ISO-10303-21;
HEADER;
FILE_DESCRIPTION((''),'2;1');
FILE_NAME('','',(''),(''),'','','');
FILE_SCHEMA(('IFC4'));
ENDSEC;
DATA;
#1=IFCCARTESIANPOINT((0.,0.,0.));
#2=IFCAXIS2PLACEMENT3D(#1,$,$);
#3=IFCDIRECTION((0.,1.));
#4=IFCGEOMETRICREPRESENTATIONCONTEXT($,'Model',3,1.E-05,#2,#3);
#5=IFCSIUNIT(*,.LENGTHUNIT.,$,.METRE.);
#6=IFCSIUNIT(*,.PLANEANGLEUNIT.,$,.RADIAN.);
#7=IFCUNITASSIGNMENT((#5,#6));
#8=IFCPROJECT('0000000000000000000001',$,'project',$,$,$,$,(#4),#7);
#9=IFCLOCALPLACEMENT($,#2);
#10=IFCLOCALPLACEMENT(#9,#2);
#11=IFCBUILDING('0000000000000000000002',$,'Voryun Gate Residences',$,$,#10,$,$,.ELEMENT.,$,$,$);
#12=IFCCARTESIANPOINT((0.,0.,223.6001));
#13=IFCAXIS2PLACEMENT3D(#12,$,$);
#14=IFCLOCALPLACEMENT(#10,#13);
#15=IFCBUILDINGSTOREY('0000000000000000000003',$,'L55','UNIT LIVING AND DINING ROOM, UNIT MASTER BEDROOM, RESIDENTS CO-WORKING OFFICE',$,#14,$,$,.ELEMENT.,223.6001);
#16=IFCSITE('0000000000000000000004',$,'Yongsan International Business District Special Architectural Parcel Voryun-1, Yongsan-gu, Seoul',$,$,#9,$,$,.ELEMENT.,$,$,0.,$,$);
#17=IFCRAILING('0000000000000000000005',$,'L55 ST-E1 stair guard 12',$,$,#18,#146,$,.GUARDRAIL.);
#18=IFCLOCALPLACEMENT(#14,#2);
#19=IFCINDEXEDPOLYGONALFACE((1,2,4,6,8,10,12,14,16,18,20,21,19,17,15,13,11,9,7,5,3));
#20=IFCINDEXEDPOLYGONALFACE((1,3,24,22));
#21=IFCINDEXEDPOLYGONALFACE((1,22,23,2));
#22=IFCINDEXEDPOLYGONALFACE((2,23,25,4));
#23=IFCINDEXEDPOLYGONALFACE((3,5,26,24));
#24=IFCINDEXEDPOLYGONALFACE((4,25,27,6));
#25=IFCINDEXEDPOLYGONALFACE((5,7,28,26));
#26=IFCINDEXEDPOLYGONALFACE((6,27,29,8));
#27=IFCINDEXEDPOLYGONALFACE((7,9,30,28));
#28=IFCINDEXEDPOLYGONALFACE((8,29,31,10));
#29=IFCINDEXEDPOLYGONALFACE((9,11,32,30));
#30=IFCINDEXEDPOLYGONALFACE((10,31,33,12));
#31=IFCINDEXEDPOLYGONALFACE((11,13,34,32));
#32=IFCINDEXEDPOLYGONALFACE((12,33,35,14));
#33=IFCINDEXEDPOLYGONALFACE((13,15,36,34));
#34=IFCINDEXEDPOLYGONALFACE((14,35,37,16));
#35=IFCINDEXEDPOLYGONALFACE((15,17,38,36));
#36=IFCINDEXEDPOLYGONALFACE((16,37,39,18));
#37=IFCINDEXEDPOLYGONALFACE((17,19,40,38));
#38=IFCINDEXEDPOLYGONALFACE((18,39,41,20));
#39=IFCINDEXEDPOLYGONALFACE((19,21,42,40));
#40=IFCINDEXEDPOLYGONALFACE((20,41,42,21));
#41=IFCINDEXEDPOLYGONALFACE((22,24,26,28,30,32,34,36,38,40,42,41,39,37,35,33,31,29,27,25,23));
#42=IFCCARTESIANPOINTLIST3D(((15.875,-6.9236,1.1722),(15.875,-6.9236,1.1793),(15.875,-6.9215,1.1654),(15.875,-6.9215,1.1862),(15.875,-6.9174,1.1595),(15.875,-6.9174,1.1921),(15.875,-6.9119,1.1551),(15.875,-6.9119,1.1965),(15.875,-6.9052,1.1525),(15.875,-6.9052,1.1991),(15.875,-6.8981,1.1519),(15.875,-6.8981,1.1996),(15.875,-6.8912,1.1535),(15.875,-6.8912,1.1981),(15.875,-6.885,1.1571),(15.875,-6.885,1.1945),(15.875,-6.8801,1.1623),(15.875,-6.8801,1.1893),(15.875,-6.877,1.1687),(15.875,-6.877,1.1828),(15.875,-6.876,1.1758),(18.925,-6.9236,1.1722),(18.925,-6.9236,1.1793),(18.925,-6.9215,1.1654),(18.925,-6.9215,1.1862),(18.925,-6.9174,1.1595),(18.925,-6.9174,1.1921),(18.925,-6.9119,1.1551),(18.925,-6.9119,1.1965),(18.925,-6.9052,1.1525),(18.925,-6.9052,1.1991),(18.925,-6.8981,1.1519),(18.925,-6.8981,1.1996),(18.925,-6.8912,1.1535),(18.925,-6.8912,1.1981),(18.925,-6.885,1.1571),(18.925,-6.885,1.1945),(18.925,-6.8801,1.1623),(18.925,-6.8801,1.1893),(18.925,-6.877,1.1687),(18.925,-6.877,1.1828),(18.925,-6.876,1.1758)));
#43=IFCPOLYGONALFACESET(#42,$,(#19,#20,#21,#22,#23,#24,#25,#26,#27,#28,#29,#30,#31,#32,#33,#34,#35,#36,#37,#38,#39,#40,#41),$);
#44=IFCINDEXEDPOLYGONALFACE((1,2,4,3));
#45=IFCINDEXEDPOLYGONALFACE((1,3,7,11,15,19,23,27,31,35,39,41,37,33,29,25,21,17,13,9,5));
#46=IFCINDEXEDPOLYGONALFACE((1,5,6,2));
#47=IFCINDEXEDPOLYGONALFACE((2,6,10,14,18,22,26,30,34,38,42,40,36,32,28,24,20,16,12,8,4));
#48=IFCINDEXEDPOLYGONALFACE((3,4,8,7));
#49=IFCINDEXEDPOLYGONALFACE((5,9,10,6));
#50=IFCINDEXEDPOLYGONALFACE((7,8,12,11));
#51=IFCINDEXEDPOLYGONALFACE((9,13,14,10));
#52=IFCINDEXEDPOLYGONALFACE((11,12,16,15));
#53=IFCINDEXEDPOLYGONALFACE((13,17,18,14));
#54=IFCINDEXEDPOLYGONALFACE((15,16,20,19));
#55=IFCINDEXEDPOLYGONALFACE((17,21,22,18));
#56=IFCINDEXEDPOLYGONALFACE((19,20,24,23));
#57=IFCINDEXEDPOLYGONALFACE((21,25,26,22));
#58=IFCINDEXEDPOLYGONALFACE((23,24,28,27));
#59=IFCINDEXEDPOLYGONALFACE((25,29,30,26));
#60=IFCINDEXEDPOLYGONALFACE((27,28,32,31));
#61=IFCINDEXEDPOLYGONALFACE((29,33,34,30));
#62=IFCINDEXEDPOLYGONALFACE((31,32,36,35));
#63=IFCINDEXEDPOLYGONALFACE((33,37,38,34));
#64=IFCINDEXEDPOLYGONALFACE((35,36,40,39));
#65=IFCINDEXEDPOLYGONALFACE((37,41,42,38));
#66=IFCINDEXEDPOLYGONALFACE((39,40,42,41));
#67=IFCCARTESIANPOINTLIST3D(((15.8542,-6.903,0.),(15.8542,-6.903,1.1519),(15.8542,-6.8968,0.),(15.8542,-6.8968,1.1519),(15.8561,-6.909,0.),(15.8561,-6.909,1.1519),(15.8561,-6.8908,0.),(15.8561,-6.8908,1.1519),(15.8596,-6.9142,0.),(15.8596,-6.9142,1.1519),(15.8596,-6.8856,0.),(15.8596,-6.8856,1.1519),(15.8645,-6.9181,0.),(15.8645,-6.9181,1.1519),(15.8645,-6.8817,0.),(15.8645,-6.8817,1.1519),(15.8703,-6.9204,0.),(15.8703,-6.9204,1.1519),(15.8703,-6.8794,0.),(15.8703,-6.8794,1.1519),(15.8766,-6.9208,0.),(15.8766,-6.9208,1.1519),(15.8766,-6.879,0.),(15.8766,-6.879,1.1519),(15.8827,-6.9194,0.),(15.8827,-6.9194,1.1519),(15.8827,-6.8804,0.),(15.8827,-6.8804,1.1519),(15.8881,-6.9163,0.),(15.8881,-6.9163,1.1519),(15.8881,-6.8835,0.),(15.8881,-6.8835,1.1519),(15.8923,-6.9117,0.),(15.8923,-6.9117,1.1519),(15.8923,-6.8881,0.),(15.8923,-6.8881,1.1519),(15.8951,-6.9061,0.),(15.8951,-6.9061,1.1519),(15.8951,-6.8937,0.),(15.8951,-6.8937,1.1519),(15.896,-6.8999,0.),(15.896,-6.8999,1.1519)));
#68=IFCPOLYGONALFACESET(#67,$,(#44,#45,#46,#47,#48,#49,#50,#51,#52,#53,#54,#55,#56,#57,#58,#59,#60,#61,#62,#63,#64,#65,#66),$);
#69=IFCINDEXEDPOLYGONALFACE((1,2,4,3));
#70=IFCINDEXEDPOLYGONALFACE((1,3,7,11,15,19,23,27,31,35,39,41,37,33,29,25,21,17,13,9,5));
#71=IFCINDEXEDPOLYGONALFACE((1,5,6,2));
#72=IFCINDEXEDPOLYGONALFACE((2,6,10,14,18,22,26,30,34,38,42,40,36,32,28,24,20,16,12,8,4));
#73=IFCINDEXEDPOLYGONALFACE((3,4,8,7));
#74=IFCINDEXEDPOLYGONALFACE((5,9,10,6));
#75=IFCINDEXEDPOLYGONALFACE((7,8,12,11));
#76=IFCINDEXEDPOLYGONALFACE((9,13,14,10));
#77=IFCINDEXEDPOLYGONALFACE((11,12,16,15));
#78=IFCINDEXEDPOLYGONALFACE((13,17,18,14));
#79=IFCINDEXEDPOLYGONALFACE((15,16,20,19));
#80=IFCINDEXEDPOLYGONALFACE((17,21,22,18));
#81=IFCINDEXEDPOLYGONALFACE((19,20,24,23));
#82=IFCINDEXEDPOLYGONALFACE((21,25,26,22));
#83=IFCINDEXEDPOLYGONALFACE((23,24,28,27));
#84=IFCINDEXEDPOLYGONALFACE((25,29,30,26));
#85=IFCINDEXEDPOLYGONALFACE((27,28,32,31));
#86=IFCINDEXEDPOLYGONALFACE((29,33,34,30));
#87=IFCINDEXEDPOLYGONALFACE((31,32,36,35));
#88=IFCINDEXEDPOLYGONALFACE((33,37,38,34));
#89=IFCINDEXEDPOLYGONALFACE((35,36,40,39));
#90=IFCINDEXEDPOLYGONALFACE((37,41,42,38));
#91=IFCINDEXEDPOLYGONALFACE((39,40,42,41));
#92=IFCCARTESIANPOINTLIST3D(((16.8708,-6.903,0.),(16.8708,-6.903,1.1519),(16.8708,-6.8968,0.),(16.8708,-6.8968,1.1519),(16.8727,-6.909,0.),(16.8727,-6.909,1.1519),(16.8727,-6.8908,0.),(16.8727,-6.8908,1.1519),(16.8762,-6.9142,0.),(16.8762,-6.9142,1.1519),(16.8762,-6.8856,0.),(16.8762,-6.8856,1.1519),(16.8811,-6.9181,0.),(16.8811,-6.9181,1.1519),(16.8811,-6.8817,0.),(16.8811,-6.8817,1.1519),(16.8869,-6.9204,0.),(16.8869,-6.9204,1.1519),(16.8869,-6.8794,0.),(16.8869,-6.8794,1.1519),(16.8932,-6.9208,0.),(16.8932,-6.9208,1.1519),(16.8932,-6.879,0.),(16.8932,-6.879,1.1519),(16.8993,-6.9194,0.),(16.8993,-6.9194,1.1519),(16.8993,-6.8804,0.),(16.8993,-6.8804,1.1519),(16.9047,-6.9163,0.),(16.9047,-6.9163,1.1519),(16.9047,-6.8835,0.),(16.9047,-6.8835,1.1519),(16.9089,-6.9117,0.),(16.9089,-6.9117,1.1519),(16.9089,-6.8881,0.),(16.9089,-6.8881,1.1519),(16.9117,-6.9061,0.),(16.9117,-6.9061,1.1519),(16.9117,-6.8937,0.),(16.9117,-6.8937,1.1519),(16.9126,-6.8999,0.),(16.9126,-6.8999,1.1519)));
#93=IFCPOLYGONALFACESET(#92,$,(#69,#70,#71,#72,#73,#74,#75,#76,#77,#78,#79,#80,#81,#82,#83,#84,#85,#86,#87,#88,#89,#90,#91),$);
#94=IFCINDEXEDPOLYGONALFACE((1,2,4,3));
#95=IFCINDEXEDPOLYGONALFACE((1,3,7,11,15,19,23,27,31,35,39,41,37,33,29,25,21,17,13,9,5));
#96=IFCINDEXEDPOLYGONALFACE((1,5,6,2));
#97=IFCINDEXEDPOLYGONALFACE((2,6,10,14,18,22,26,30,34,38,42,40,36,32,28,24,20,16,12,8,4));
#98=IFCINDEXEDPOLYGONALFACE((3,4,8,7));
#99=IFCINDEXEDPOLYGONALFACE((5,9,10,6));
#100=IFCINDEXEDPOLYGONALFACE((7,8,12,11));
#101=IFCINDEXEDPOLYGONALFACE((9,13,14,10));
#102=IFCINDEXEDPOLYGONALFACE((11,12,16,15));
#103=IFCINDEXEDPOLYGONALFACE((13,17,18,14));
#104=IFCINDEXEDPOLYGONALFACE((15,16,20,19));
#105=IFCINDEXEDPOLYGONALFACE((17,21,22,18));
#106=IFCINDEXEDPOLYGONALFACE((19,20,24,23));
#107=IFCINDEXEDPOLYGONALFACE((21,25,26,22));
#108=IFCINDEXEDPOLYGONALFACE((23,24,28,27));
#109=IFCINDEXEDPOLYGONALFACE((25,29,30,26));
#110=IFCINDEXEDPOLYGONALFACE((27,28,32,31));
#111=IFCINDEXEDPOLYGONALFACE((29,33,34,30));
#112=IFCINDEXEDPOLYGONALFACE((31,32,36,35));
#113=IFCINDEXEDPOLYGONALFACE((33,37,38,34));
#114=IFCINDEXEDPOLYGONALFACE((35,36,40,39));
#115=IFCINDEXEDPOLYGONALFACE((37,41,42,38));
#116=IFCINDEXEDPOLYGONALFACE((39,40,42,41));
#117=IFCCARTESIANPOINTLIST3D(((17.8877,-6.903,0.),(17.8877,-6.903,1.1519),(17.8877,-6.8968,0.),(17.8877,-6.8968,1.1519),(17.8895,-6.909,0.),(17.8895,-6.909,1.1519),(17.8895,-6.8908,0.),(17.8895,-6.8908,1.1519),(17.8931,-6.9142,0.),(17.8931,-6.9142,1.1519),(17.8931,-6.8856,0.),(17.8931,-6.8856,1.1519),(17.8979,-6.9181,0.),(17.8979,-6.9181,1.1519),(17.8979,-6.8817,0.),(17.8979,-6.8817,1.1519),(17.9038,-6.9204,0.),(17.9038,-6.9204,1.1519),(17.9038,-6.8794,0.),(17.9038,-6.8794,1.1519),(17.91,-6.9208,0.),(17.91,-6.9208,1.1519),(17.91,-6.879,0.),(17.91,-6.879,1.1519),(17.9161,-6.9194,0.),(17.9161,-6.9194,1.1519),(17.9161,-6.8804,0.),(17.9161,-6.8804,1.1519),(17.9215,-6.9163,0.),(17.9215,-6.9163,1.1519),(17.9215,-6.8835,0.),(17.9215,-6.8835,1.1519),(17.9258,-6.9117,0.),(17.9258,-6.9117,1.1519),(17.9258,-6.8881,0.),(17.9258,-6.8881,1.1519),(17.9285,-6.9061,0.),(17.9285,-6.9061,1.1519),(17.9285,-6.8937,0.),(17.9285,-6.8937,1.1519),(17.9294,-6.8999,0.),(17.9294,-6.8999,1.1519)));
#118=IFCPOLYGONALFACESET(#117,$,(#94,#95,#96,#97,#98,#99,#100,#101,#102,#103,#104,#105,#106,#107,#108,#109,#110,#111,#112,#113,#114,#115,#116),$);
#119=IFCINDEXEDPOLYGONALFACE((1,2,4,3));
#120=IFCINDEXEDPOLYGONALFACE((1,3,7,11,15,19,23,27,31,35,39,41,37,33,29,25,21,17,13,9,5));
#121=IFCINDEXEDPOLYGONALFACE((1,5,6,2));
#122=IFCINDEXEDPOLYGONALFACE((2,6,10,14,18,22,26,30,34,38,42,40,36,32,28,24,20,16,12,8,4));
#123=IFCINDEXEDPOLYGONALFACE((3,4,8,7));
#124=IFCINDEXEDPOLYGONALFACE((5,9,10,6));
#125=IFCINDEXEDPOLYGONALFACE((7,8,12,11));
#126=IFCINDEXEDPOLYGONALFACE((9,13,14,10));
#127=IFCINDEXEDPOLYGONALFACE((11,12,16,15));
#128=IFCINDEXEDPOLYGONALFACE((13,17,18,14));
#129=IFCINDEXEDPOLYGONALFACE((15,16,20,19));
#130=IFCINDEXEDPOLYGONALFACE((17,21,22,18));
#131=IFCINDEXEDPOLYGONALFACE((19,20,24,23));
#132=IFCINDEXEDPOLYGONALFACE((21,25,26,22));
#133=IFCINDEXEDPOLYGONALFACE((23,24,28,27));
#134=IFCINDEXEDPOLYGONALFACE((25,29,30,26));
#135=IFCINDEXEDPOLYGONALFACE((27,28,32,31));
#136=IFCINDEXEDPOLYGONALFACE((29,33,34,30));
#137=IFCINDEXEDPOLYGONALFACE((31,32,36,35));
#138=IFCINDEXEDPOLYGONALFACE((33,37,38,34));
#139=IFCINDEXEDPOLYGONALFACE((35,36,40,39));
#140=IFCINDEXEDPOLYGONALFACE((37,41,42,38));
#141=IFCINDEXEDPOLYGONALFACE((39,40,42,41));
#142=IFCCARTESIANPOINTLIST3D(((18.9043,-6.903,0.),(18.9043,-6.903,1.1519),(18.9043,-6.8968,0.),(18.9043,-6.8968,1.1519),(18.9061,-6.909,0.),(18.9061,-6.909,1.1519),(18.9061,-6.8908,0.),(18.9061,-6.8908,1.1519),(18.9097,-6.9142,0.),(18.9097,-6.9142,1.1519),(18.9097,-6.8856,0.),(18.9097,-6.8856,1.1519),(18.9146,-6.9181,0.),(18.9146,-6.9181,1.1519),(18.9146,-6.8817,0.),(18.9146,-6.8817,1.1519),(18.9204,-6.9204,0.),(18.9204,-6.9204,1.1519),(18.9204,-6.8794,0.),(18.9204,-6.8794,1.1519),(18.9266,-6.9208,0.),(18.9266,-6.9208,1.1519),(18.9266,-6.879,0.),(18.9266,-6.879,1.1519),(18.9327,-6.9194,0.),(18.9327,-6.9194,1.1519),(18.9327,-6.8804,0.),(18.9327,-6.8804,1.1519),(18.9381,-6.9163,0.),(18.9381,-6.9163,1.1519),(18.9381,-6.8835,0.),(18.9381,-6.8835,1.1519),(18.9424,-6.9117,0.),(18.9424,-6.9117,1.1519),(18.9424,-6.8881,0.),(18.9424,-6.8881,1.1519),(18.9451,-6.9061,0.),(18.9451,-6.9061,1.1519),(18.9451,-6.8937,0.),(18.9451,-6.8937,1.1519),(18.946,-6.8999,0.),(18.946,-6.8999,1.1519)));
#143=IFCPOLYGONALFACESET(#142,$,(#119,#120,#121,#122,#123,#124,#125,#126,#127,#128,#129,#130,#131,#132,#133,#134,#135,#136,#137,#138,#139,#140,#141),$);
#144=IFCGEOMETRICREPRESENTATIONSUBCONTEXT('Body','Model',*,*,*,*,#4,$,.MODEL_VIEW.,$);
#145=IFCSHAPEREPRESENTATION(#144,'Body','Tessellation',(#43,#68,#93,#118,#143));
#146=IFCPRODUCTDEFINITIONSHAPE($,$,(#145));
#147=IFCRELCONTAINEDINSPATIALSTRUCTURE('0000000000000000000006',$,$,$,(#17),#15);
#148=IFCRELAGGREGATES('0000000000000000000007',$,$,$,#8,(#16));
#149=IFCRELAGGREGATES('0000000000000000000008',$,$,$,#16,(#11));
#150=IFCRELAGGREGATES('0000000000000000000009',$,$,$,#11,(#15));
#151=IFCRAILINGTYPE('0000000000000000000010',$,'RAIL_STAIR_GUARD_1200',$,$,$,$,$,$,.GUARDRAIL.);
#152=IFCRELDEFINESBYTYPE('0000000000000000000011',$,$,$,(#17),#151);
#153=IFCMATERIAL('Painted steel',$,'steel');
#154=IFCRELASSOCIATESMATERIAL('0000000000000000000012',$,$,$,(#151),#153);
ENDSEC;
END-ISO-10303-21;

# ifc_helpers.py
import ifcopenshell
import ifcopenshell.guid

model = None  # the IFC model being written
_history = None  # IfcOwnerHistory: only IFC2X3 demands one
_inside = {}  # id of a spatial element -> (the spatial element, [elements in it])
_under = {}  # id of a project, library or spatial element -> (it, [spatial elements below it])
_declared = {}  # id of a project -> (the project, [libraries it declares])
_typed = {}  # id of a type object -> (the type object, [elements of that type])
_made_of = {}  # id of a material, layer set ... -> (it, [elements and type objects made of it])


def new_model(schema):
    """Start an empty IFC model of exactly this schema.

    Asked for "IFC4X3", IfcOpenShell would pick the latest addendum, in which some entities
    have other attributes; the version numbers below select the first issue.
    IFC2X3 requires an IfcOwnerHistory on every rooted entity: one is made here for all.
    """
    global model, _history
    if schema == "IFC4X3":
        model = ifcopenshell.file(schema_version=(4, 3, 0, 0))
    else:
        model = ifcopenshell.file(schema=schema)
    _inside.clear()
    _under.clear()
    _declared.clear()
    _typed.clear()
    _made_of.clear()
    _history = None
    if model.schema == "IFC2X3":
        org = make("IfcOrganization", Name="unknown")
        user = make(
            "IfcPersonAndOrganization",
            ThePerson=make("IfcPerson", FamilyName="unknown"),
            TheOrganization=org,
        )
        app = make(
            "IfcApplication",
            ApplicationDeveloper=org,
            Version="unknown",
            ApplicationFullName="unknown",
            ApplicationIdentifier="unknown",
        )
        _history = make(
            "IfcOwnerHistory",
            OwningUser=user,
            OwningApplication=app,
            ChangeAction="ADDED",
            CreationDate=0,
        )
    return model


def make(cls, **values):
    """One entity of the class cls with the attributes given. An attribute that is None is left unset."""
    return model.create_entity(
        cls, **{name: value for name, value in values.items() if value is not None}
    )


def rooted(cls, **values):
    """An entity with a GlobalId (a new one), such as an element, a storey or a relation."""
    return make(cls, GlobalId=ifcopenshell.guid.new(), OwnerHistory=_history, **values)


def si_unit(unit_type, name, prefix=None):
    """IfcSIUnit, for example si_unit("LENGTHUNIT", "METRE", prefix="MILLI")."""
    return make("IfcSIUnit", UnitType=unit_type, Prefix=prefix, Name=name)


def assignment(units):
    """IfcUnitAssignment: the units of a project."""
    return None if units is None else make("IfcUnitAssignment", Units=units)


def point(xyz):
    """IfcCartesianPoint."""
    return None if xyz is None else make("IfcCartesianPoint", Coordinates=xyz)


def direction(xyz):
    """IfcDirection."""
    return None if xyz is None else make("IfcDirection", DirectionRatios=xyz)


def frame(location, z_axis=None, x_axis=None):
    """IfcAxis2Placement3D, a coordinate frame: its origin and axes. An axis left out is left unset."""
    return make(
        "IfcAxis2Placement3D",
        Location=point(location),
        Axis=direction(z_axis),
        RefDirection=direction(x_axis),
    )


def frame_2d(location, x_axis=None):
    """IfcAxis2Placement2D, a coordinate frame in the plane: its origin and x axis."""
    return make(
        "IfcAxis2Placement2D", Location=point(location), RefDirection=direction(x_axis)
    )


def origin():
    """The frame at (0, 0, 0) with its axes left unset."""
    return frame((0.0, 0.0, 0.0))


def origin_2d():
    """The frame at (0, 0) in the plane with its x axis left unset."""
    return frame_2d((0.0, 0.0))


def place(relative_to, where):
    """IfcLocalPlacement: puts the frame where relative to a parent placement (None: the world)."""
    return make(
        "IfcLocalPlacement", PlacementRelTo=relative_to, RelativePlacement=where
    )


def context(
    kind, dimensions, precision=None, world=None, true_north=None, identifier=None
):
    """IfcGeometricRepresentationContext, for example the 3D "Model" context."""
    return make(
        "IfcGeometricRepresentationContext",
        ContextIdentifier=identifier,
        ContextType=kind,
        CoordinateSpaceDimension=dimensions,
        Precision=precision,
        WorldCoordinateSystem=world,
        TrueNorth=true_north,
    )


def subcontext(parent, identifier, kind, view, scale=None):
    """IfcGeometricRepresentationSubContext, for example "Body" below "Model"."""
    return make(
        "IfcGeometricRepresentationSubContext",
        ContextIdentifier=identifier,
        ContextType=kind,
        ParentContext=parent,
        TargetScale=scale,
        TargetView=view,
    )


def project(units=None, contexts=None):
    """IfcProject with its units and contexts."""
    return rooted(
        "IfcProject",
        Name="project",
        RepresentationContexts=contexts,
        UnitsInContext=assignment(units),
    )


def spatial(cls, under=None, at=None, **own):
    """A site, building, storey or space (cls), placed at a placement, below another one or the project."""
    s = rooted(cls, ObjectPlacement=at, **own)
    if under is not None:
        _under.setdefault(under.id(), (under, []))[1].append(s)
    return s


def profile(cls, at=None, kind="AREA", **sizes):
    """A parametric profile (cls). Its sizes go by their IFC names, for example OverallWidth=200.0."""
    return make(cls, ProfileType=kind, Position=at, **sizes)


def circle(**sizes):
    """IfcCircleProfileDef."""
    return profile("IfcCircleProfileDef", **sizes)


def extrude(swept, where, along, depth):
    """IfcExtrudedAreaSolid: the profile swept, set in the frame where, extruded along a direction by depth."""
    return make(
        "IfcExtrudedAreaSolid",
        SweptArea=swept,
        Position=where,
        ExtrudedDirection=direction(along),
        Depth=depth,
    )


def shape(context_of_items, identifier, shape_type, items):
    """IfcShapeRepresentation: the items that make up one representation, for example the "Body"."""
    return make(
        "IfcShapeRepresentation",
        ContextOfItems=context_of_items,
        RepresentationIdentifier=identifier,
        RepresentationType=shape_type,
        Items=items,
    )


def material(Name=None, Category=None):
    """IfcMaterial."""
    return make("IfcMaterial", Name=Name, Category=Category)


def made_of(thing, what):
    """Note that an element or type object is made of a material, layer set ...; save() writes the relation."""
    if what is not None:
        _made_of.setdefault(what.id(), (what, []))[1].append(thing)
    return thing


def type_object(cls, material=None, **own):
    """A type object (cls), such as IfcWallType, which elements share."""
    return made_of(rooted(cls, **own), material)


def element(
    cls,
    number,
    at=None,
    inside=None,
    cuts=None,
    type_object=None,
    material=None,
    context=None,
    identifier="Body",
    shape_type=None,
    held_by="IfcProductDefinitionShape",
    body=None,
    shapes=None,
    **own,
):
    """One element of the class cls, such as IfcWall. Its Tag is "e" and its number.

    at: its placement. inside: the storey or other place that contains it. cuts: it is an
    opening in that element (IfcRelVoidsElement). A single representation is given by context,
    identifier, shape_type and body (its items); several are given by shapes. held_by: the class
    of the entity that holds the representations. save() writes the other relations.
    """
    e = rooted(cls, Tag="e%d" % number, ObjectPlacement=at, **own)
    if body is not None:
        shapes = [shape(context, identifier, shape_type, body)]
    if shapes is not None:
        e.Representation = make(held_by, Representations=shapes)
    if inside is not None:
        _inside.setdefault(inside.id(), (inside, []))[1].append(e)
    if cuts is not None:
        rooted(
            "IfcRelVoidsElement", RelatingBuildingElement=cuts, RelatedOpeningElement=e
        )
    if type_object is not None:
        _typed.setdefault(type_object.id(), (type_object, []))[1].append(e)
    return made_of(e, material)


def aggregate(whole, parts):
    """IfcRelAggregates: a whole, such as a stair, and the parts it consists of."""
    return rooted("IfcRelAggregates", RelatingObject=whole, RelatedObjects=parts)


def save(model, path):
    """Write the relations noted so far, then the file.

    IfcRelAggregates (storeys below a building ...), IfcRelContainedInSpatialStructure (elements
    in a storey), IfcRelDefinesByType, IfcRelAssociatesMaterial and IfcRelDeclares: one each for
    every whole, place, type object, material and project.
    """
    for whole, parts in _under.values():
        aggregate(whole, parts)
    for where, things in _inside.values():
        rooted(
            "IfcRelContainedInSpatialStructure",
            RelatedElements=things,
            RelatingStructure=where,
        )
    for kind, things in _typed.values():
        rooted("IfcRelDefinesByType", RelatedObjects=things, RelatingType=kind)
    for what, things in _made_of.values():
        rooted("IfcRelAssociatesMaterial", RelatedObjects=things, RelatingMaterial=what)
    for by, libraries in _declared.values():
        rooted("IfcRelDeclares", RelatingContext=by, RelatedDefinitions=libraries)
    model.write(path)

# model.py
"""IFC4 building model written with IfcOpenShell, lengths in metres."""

from ifc_helpers import new_model, si_unit, direction, frame, origin, origin_2d, place, context, subcontext, project, spatial, circle, extrude, material, type_object, element, save


model = new_model("IFC4")

# Units and contexts
model_context = context("Model", 3, precision=1e-05, world=origin(), true_north=direction((0.0, 1.0)))
body_context = subcontext(model_context, "Body", "Model", "MODEL_VIEW")
ifc_project = project(units=[si_unit("LENGTHUNIT", "METRE"), si_unit("PLANEANGLEUNIT", "RADIAN")], contexts=[model_context])

# Site, building, storey
site_placement = place(None, origin())
site = spatial("IfcSite", under=ifc_project, at=site_placement, Name="Yongsan International Business District Special Architectural Parcel Voryun-1, Yongsan-gu, Seoul", CompositionType="ELEMENT", RefElevation=0.0)
building_placement = place(site_placement, origin())
building = spatial("IfcBuilding", under=site, at=building_placement, Name="Voryun Gate Residences", CompositionType="ELEMENT")
storey_placement = place(building_placement, frame((0.0, 0.0, 223.6001)))
storey = spatial("IfcBuildingStorey", under=building, at=storey_placement, Name="L55", Description="UNIT LIVING AND DINING ROOM, UNIT MASTER BEDROOM, RESIDENTS CO-WORKING OFFICE", CompositionType="ELEMENT", Elevation=223.6001)

# Railing
ifc_material_1 = material(Name="Painted steel", Category="steel")
railing_type = type_object("IfcRailingType", Name="RAIL_STAIR_GUARD_1200", PredefinedType="GUARDRAIL", material=ifc_material_1)
railing_1_placement = place(storey_placement, frame((15.875, -6.8999, 0.0)))
element("IfcRailing", 1, at=railing_1_placement, inside=storey, type_object=railing_type, Name="L55 ST-E1 stair guard 12", PredefinedType="GUARDRAIL", context=body_context, shape_type="SweptSolid", body=[
    extrude(circle(Radius=0.0239, at=origin_2d()), frame((0.0, 0.0, 1.1758), z_axis=(1.0, 0.0, 0.0), x_axis=(0.0, 1.0, 0.0)), (0.0, 0.0, 1.0), 3.05),
    extrude(circle(Radius=0.021, at=origin_2d()), origin(), (0.0, 0.0, 1.0), 1.1519),
    extrude(circle(Radius=0.021, at=origin_2d()), frame((1.0166, 0.0, 0.0)), (0.0, 0.0, 1.0), 1.1519),
    extrude(circle(Radius=0.021, at=origin_2d()), frame((2.0334, 0.0, 0.0)), (0.0, 0.0, 1.0), 1.1519),
    extrude(circle(Radius=0.021, at=origin_2d()), frame((3.05, 0.0, 0.0)), (0.0, 0.0, 1.0), 1.1519),
])

save(model, "model.ifc")
